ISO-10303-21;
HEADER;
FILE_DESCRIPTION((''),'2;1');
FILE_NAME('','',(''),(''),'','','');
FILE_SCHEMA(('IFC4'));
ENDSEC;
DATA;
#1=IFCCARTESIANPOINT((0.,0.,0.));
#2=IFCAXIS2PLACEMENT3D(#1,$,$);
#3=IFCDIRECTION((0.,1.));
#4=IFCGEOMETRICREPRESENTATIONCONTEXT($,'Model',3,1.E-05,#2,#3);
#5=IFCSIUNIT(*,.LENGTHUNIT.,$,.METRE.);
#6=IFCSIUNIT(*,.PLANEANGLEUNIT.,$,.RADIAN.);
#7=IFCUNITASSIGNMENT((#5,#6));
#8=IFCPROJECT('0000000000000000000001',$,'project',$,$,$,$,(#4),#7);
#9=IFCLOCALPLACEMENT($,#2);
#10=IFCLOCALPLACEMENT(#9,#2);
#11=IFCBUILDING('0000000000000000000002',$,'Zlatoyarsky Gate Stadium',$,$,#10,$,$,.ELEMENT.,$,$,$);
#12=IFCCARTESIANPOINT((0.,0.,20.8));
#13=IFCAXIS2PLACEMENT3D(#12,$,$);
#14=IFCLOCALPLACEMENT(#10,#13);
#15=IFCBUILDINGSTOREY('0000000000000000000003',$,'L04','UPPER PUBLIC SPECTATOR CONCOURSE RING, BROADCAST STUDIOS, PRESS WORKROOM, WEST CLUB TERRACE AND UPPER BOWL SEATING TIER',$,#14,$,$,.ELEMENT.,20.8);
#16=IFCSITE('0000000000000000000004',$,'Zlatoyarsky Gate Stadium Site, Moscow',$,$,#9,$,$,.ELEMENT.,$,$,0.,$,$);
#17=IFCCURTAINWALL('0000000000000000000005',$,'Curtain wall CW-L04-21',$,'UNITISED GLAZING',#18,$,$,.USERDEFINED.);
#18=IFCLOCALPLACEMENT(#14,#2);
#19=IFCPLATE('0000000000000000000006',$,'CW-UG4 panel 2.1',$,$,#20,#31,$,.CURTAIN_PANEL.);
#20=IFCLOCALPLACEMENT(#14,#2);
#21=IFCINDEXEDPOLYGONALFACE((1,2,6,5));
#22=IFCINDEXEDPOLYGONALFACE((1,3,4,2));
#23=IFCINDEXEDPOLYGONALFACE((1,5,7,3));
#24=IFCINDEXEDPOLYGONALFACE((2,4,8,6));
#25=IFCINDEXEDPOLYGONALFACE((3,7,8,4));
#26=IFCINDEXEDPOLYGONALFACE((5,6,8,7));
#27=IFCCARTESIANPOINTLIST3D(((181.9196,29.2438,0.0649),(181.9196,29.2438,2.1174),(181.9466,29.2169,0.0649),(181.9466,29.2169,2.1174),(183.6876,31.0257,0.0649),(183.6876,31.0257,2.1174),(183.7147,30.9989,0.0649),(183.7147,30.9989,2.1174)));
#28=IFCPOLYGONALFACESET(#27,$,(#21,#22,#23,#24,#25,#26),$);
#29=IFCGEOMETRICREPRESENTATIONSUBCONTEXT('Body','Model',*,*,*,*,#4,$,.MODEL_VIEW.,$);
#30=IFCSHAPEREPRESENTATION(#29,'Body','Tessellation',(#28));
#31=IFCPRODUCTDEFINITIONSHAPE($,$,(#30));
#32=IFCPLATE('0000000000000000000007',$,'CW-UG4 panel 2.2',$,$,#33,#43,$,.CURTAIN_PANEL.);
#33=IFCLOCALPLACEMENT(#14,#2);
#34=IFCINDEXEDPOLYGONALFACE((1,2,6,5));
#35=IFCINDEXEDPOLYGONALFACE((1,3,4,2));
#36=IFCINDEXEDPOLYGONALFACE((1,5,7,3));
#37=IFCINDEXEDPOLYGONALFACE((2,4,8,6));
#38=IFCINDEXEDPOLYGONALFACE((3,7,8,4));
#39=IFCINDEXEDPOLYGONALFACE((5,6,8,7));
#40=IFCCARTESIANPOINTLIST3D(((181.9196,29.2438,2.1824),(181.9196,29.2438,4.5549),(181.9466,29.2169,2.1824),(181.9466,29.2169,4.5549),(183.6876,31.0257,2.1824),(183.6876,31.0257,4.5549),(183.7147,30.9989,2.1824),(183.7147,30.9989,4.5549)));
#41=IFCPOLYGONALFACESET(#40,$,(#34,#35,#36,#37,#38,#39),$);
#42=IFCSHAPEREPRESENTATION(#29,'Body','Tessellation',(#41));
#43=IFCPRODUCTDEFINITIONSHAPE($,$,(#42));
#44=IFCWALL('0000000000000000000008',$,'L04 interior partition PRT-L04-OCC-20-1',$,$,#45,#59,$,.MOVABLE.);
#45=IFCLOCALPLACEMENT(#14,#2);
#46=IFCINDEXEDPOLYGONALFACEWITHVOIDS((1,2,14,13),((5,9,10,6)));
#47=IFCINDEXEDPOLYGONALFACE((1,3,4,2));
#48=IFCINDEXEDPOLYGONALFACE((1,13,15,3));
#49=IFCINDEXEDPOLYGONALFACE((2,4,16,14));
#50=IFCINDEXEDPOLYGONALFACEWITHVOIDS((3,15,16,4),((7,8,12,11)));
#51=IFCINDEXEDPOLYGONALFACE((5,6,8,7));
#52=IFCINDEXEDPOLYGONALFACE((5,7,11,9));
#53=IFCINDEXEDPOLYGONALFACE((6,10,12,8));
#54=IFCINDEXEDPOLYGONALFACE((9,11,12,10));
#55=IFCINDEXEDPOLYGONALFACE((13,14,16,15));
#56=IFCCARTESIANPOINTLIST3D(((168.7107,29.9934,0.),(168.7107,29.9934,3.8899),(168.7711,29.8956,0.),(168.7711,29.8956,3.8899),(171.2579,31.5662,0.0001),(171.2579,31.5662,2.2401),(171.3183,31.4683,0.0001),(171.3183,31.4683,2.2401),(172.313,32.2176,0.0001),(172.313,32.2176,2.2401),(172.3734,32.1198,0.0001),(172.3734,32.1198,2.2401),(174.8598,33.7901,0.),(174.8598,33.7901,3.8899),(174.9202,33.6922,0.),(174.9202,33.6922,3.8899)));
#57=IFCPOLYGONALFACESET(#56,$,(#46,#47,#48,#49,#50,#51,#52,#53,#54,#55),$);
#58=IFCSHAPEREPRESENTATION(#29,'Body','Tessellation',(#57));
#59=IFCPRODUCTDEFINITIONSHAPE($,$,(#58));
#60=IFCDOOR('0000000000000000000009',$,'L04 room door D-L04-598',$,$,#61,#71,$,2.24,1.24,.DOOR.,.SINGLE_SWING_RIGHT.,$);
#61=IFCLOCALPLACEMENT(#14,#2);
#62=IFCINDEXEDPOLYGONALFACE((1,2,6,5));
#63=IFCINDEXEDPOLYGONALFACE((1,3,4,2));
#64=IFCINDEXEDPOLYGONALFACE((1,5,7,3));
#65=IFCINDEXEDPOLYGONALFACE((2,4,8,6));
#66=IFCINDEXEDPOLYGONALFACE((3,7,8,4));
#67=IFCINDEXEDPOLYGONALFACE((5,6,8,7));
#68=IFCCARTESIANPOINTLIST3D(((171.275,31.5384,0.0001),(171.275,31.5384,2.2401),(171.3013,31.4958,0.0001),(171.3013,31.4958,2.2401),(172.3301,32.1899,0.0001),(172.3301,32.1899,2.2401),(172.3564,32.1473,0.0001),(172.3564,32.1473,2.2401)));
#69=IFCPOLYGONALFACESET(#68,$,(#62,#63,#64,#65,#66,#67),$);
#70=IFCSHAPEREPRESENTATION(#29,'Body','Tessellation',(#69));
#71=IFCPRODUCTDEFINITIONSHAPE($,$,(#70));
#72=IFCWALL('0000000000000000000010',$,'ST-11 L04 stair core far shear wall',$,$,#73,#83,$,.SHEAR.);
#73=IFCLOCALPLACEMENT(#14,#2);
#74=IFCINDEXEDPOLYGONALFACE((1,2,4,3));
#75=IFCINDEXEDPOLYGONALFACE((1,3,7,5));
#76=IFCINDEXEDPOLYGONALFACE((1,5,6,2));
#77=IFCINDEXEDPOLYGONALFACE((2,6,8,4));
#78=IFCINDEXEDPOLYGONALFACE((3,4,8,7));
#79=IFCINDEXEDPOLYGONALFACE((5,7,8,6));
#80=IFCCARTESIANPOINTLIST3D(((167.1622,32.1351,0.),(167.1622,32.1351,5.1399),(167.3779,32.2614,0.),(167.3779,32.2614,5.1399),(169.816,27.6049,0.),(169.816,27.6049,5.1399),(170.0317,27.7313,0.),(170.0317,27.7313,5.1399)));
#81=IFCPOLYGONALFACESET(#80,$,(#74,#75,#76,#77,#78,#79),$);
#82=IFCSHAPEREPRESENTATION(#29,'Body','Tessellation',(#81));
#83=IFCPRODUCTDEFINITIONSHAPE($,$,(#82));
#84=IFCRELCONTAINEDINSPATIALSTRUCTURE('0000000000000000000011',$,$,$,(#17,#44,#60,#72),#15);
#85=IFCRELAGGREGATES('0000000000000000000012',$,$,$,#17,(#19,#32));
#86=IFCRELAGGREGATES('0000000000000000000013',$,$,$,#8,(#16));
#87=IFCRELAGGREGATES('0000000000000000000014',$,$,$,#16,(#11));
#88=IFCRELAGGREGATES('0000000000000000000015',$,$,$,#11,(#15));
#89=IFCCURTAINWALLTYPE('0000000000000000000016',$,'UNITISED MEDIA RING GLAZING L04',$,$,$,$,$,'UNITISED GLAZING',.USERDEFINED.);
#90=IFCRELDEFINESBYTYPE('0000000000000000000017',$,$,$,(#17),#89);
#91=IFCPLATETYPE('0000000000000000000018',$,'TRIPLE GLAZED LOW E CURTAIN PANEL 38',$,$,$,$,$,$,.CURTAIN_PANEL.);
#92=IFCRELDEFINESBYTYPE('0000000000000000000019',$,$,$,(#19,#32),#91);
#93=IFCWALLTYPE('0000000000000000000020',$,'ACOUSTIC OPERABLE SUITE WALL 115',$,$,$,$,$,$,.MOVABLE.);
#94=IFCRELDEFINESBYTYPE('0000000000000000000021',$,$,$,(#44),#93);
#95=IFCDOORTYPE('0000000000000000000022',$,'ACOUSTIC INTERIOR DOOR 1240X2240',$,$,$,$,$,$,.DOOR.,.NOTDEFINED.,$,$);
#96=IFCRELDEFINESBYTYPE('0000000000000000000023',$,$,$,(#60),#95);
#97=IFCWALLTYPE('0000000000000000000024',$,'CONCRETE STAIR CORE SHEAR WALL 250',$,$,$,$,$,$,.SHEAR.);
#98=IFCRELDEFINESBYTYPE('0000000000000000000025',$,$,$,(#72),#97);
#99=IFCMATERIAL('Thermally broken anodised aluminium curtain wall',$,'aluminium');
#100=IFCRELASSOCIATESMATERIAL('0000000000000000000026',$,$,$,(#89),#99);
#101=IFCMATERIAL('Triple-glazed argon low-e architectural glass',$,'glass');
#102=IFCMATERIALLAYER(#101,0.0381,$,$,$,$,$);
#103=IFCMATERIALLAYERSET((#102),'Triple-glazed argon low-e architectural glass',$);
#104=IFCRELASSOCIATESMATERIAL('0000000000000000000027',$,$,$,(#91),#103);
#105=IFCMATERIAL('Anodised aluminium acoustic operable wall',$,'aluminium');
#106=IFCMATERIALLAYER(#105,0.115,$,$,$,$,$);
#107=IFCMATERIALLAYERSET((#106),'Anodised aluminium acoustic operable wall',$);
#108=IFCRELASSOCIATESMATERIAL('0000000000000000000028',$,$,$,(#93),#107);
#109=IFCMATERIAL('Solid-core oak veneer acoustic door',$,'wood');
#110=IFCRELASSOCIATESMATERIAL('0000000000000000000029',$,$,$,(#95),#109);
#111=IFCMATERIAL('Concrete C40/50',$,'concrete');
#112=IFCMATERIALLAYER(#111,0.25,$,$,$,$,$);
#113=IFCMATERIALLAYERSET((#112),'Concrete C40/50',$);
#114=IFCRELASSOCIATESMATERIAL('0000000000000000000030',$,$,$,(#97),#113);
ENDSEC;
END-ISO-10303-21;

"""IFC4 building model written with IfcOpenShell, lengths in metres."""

from ifc_helpers import new_model, si_unit, direction, frame, frame_2d, origin, origin_2d, place, context, subcontext, project, spatial, rectangle, extrude, material, layer, layer_set, type_object, element, fill, aggregate, save


model = new_model("IFC4")

# Units and contexts
model_context = context("Model", 3, precision=1e-05, world=origin(), true_north=direction((0.0, 1.0)))
body_context = subcontext(model_context, "Body", "Model", "MODEL_VIEW")
ifc_project = project(units=[si_unit("LENGTHUNIT", "METRE"), si_unit("PLANEANGLEUNIT", "RADIAN")], contexts=[model_context])

# Site, building, storey
site_placement = place(None, origin())
site = spatial("IfcSite", under=ifc_project, at=site_placement, Name="Zlatoyarsky Gate Stadium Site, Moscow", CompositionType="ELEMENT", RefElevation=0.0)
building_placement = place(site_placement, origin())
building = spatial("IfcBuilding", under=site, at=building_placement, Name="Zlatoyarsky Gate Stadium", CompositionType="ELEMENT")
storey_placement = place(building_placement, frame((0.0, 0.0, 20.8)))
storey = spatial("IfcBuildingStorey", under=building, at=storey_placement, Name="L04", Description="UPPER PUBLIC SPECTATOR CONCOURSE RING, BROADCAST STUDIOS, PRESS WORKROOM, WEST CLUB TERRACE AND UPPER BOWL SEATING TIER", CompositionType="ELEMENT", Elevation=20.8)

# Curtain wall
ifc_material_1 = material(Name="Thermally broken anodised aluminium curtain wall", Category="aluminium")
curtain_wall_type = type_object("IfcCurtainWallType", Name="UNITISED MEDIA RING GLAZING L04", ElementType="UNITISED GLAZING", PredefinedType="USERDEFINED", material=ifc_material_1)
curtain_wall_placement = place(storey_placement, origin())
curtain_wall = element("IfcCurtainWall", 1, at=curtain_wall_placement, inside=storey, type_object=curtain_wall_type, Name="Curtain wall CW-L04-21", ObjectType="UNITISED GLAZING", PredefinedType="USERDEFINED")

# Plates
ifc_material_2 = material(Name="Triple-glazed argon low-e architectural glass", Category="glass")
ifc_layer_1 = layer(ifc_material_2, 0.0381)
ifc_layer_set_1 = layer_set([ifc_layer_1], Name="Triple-glazed argon low-e architectural glass")
plate_type_1 = type_object("IfcPlateType", Name="TRIPLE GLAZED LOW E CURTAIN PANEL 38", PredefinedType="CURTAIN_PANEL", material=ifc_layer_set_1)
plate_1_placement = place(storey_placement, frame((182.8171, 30.1213, 0.0649), z_axis=(0.0, 0.0, 1.0), x_axis=(0.704332, 0.709871, 0.0)))
plate_1 = element("IfcPlate", 2, at=plate_1_placement, type_object=plate_type_1, Name="CW-UG4 panel 2.1", PredefinedType="CURTAIN_PANEL", context=body_context, shape_type="SweptSolid", body=[
    extrude(rectangle(XDim=2.5103, YDim=0.0381, at=origin_2d()), origin(), (0.0, 0.0, 1.0), 2.0525),
])
plate_2_placement = place(storey_placement, frame((182.8171, 30.1213, 2.1824), z_axis=(0.0, 0.0, 1.0), x_axis=(0.704332, 0.709871, 0.0)))
plate_2 = element("IfcPlate", 3, at=plate_2_placement, type_object=plate_type_1, Name="CW-UG4 panel 2.2", PredefinedType="CURTAIN_PANEL", context=body_context, shape_type="SweptSolid", body=[
    extrude(rectangle(XDim=2.5103, YDim=0.0381, at=origin_2d()), origin(), (0.0, 0.0, 1.0), 2.3726),
])
aggregate(curtain_wall, [plate_1, plate_2])

# Wall, opening, door
ifc_material_3 = material(Name="Anodised aluminium acoustic operable wall", Category="aluminium")
ifc_layer_2 = layer(ifc_material_3, 0.115)
ifc_layer_set_2 = layer_set([ifc_layer_2], Name="Anodised aluminium acoustic operable wall")
wall_type_1 = type_object("IfcWallType", Name="ACOUSTIC OPERABLE SUITE WALL 115", PredefinedType="MOVABLE", material=ifc_layer_set_2)
wall_1_placement = place(storey_placement, frame((168.741, 29.9446, 0.0), z_axis=(0.0, 0.0, 1.0), x_axis=(0.850884, 0.525354, 0.0)))
wall_1 = element("IfcWall", 4, at=wall_1_placement, inside=storey, type_object=wall_type_1, Name="L04 interior partition PRT-L04-OCC-20-1", PredefinedType="MOVABLE", context=body_context, shape_type="SweptSolid", body=[
    extrude(rectangle(XDim=7.2268, YDim=0.115, at=frame_2d((3.6133, 0.0))), origin(), (0.0, 0.0, 1.0), 3.8899),
])
opening_placement = place(wall_1_placement, frame((2.9934, 0.0, 0.0)))
opening = element("IfcOpeningElement", 5, at=opening_placement, cuts=wall_1, PredefinedType="OPENING", context=body_context, shape_type="SweptSolid", body=[
    extrude(rectangle(XDim=1.24, YDim=2.24, at=frame_2d((0.6201, 1.1201))), frame((0.0, 0.0674, 0.0), z_axis=(0.0, -1.0, 0.0), x_axis=(1.0, 0.0, 0.0)), (0.0, 0.0, 1.0), 0.135),
])
ifc_material_4 = material(Name="Solid-core oak veneer acoustic door", Category="wood")
door_type = type_object("IfcDoorType", Name="ACOUSTIC INTERIOR DOOR 1240X2240", OperationType="NOTDEFINED", PredefinedType="DOOR", material=ifc_material_4)
door_placement = place(opening_placement, origin())
door = element("IfcDoor", 6, at=door_placement, inside=storey, type_object=door_type, Name="L04 room door D-L04-598", OperationType="SINGLE_SWING_RIGHT", OverallHeight=2.24, OverallWidth=1.24, PredefinedType="DOOR", context=body_context, shape_type="SweptSolid", body=[
    extrude(rectangle(XDim=1.24, YDim=2.24, at=frame_2d((0.6201, 1.1201))), frame((0.0, 0.0249, 0.0), z_axis=(0.0, -1.0, 0.0), x_axis=(1.0, 0.0, 0.0)), (0.0, 0.0, 1.0), 0.05),
])
fill(opening, door)

# Wall
ifc_material_5 = material(Name="Concrete C40/50", Category="concrete")
ifc_layer_3 = layer(ifc_material_5, 0.25)
ifc_layer_set_3 = layer_set([ifc_layer_3], Name="Concrete C40/50")
wall_type_2 = type_object("IfcWallType", Name="CONCRETE STAIR CORE SHEAR WALL 250", PredefinedType="SHEAR", material=ifc_layer_set_3)
wall_2_placement = place(storey_placement, frame((169.9238, 27.6682, 0.0), z_axis=(0.0, 0.0, 1.0), x_axis=(-0.505475, 0.862841, 0.0)))
element("IfcWall", 7, at=wall_2_placement, inside=storey, type_object=wall_type_2, Name="ST-11 L04 stair core far shear wall", PredefinedType="SHEAR", context=body_context, shape_type="SweptSolid", body=[
    extrude(rectangle(XDim=5.2502, YDim=0.25, at=frame_2d((2.625, 0.0))), origin(), (0.0, 0.0, 1.0), 5.1399),
])

save(model, "model.ifc")
